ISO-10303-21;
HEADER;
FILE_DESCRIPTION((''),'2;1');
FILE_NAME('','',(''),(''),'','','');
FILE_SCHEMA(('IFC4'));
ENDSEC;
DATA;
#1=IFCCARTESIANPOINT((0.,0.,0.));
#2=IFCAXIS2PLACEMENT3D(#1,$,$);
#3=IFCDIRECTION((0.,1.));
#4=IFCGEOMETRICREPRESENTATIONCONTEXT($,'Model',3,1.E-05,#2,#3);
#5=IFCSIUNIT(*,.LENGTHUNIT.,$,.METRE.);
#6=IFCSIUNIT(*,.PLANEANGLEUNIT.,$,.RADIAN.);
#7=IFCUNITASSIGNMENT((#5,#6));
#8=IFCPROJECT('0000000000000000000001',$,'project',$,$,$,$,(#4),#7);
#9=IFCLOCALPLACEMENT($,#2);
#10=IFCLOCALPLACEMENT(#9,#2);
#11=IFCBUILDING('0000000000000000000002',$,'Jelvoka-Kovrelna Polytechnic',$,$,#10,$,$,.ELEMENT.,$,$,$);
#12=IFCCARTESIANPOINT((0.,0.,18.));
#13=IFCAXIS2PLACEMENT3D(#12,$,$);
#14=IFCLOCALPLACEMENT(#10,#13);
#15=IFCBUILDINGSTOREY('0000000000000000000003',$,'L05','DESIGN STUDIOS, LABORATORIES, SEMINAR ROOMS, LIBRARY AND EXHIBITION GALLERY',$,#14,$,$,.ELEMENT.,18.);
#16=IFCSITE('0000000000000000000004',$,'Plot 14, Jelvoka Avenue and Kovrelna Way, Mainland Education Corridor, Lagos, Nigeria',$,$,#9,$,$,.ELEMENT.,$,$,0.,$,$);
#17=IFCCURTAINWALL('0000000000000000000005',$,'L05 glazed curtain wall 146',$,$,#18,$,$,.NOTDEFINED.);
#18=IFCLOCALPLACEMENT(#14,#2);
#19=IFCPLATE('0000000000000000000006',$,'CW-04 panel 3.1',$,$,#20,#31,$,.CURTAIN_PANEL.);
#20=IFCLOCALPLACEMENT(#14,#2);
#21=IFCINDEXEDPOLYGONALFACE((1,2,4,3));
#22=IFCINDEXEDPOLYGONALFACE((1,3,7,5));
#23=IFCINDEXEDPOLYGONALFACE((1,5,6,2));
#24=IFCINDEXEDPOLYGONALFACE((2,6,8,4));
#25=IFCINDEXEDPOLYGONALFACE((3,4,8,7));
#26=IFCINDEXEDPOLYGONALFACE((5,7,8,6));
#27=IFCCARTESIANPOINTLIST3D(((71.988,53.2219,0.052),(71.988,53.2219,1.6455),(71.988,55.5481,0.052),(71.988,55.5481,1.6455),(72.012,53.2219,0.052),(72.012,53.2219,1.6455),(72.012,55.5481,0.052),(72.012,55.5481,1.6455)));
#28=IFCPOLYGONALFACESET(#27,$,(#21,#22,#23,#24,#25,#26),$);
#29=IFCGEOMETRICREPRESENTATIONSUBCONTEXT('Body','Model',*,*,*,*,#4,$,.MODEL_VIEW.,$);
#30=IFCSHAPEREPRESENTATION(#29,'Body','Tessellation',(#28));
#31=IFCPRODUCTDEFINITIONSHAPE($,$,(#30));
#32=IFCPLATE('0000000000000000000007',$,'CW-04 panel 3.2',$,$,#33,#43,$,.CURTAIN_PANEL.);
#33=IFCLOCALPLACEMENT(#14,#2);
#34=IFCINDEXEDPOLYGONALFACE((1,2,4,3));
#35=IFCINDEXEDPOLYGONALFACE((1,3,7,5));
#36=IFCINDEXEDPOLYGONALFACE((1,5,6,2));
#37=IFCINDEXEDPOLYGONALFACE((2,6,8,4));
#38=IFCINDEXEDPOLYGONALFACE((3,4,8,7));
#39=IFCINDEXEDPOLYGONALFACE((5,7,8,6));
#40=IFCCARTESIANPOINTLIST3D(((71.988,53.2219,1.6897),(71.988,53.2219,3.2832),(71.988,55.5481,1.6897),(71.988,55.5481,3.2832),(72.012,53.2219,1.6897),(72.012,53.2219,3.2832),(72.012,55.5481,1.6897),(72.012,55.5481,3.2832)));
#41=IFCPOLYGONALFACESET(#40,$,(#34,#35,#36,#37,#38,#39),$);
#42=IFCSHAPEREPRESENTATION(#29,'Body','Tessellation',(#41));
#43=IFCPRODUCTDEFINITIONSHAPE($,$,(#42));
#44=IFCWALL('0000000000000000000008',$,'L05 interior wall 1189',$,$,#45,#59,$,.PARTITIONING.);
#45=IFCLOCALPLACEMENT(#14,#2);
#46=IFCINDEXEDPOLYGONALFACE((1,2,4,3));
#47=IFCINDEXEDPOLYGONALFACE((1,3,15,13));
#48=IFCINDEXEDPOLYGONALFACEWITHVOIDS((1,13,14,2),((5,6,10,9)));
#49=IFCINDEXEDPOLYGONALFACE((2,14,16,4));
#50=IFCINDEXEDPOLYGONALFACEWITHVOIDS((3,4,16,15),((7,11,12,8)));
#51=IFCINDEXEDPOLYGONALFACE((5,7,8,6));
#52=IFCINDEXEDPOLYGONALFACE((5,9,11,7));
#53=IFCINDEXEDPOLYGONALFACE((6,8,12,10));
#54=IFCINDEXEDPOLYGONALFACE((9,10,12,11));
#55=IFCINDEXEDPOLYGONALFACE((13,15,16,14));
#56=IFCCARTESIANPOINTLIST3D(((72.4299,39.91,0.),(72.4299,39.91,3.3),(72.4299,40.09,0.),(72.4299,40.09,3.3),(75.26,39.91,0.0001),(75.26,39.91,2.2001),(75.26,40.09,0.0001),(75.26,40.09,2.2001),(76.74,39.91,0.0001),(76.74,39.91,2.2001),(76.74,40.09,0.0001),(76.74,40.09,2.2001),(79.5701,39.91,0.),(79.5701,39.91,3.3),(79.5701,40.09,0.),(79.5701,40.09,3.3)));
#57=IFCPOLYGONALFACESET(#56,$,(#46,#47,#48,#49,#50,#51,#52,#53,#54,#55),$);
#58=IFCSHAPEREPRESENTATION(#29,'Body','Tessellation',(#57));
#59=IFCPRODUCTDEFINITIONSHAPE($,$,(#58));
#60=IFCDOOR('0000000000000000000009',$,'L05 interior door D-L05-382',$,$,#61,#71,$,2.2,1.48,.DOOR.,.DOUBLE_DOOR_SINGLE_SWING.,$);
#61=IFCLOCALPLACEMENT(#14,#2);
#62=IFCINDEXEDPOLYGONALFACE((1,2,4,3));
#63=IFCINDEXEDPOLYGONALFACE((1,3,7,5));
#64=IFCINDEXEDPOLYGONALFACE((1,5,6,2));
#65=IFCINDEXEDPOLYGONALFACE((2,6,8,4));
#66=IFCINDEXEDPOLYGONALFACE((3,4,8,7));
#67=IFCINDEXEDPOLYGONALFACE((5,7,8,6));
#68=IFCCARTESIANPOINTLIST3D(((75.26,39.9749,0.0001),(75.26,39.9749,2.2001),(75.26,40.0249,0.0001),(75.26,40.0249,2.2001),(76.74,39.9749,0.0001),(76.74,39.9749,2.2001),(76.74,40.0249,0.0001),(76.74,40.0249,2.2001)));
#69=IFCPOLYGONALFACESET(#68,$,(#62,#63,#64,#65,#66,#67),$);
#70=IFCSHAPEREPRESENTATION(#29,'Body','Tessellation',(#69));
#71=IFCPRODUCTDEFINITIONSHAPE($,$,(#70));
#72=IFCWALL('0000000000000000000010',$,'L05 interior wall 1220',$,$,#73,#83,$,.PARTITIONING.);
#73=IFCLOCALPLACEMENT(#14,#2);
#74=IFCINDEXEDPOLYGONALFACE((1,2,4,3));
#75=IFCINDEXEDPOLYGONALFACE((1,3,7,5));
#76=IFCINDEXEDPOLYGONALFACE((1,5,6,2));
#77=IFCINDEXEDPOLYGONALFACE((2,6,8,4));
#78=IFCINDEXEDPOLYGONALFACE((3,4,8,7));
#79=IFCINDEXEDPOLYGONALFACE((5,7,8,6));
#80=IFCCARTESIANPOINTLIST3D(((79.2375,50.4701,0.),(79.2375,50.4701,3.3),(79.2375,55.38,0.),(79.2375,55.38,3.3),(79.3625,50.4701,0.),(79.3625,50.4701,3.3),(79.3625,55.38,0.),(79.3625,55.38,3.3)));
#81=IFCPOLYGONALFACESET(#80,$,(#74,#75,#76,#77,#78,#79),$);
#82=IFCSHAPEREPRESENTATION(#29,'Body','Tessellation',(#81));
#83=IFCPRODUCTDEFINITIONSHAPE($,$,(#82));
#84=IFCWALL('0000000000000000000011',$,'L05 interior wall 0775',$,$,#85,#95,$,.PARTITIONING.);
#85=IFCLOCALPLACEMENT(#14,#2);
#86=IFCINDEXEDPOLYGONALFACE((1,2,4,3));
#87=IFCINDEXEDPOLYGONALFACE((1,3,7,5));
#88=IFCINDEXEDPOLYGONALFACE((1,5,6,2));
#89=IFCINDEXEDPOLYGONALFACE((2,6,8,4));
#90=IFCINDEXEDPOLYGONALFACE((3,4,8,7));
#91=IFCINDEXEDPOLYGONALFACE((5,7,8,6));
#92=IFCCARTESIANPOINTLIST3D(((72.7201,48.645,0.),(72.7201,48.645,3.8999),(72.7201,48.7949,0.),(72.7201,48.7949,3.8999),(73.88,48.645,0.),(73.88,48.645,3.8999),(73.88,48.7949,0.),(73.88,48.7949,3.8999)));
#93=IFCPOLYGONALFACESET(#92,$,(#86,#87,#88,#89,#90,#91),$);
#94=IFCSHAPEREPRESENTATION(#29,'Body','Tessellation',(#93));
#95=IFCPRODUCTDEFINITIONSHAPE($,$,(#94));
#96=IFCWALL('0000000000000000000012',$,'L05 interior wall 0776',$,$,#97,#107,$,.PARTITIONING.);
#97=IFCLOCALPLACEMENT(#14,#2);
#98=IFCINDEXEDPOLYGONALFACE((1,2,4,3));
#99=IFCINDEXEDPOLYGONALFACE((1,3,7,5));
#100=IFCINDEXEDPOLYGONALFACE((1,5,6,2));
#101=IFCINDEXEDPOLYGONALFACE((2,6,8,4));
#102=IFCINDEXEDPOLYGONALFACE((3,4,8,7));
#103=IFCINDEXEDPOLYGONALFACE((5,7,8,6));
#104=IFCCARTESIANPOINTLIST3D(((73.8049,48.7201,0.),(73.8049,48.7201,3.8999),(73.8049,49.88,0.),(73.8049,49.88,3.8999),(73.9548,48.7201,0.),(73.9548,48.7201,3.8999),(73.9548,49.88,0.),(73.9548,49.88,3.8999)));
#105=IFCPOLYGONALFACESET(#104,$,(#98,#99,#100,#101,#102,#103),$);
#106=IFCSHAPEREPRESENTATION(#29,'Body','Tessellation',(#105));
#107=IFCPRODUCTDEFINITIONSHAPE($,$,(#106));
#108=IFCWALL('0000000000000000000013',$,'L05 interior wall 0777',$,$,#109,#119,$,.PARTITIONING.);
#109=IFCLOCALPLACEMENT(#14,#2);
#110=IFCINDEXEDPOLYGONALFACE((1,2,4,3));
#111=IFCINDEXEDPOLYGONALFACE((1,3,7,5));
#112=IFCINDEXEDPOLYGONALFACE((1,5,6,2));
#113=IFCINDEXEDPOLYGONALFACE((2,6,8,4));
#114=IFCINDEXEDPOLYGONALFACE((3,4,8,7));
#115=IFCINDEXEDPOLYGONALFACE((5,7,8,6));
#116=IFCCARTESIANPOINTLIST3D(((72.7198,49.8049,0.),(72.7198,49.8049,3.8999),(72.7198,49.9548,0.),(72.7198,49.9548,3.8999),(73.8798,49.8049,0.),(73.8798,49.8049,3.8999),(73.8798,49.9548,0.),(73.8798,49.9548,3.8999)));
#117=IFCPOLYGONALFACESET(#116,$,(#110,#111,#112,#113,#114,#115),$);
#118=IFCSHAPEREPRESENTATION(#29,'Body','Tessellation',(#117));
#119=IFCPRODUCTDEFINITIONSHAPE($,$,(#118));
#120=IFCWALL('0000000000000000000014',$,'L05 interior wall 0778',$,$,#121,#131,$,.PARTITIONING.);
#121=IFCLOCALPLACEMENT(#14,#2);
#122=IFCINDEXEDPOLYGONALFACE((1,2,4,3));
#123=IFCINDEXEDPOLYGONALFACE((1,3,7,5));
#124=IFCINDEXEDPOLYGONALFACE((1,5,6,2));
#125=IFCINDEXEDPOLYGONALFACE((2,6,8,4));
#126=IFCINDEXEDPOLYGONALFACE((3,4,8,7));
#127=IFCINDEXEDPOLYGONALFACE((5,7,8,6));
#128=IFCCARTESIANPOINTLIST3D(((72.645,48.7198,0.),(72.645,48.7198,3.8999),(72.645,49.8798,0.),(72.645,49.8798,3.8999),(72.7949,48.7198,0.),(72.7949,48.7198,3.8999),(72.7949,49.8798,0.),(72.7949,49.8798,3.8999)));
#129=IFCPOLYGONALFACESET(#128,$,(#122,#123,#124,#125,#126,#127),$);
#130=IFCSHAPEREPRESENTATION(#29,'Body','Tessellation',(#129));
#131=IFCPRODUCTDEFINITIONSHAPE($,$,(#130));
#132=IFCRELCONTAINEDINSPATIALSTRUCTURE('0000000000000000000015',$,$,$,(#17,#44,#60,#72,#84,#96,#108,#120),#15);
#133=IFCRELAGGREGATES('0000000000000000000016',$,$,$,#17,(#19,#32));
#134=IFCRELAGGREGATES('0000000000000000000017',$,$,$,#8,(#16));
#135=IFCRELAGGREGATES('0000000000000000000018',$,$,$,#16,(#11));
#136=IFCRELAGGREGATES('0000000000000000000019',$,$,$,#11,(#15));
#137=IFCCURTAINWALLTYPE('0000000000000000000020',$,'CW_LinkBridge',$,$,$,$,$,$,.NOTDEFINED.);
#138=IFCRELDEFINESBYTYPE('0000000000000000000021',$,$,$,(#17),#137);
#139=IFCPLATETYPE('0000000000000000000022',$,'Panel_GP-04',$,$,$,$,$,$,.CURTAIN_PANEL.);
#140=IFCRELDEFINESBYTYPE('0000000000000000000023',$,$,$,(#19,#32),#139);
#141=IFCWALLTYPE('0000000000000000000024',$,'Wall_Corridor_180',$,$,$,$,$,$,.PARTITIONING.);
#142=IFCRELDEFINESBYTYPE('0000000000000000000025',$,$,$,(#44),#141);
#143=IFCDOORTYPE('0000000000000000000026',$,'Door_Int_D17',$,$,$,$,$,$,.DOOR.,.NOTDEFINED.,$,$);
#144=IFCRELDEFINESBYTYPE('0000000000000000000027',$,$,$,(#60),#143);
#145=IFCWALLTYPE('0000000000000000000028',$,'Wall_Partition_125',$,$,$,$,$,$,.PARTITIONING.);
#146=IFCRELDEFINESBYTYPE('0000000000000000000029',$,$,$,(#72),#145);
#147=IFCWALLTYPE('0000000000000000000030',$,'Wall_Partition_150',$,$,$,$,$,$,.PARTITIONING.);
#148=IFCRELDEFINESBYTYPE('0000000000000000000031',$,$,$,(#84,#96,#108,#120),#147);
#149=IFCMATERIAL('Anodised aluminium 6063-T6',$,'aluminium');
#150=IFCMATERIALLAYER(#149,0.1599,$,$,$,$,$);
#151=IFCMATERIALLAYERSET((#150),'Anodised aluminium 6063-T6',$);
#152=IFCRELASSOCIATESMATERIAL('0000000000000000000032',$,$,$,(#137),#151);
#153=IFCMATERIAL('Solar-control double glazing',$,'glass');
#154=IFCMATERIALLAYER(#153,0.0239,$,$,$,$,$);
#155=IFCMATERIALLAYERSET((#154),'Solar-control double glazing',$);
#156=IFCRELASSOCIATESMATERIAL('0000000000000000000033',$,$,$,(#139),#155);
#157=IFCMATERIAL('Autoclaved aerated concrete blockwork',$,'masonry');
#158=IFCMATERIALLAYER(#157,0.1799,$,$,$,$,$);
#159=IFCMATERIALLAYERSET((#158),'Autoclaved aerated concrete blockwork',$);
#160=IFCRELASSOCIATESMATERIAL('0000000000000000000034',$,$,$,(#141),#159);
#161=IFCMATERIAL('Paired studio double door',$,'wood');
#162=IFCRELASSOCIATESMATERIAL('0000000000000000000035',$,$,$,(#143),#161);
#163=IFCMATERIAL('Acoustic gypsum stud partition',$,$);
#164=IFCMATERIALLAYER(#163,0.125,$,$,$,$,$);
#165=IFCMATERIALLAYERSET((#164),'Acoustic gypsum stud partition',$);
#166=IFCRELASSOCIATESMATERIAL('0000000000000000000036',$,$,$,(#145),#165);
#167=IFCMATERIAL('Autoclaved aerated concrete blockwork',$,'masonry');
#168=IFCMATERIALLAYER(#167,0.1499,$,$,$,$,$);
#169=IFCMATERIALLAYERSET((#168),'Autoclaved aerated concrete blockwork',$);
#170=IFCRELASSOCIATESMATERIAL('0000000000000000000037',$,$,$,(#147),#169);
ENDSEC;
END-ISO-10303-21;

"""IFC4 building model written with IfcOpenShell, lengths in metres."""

from ifc_helpers import new_model, si_unit, direction, frame, frame_2d, origin, origin_2d, place, context, subcontext, project, spatial, rectangle, extrude, material, layer, layer_set, type_object, element, fill, aggregate, save


model = new_model("IFC4")

# Units and contexts
model_context = context("Model", 3, precision=1e-05, world=origin(), true_north=direction((0.0, 1.0)))
body_context = subcontext(model_context, "Body", "Model", "MODEL_VIEW")
ifc_project = project(units=[si_unit("LENGTHUNIT", "METRE"), si_unit("PLANEANGLEUNIT", "RADIAN")], contexts=[model_context])

# Site, building, storey
site_placement = place(None, origin())
site = spatial("IfcSite", under=ifc_project, at=site_placement, Name="Plot 14, Jelvoka Avenue and Kovrelna Way, Mainland Education Corridor, Lagos, Nigeria", CompositionType="ELEMENT", RefElevation=0.0)
building_placement = place(site_placement, origin())
building = spatial("IfcBuilding", under=site, at=building_placement, Name="Jelvoka-Kovrelna Polytechnic", CompositionType="ELEMENT")
storey_placement = place(building_placement, frame((0.0, 0.0, 18.0)))
storey = spatial("IfcBuildingStorey", under=building, at=storey_placement, Name="L05", Description="DESIGN STUDIOS, LABORATORIES, SEMINAR ROOMS, LIBRARY AND EXHIBITION GALLERY", CompositionType="ELEMENT", Elevation=18.0)

# Curtain wall
ifc_material_1 = material(Name="Anodised aluminium 6063-T6", Category="aluminium")
ifc_layer_1 = layer(ifc_material_1, 0.1599)
ifc_layer_set_1 = layer_set([ifc_layer_1], Name="Anodised aluminium 6063-T6")
curtain_wall_type = type_object("IfcCurtainWallType", Name="CW_LinkBridge", PredefinedType="NOTDEFINED", material=ifc_layer_set_1)
curtain_wall_placement = place(storey_placement, origin())
curtain_wall = element("IfcCurtainWall", 1, at=curtain_wall_placement, inside=storey, type_object=curtain_wall_type, Name="L05 glazed curtain wall 146", PredefinedType="NOTDEFINED")

# Plates
ifc_material_2 = material(Name="Solar-control double glazing", Category="glass")
ifc_layer_2 = layer(ifc_material_2, 0.0239)
ifc_layer_set_2 = layer_set([ifc_layer_2], Name="Solar-control double glazing")
plate_type = type_object("IfcPlateType", Name="Panel_GP-04", PredefinedType="CURTAIN_PANEL", material=ifc_layer_set_2)
plate_1_placement = place(storey_placement, frame((72.0, 54.385, 0.052), z_axis=(0.0, 0.0, 1.0), x_axis=(0.0, 1.0, 0.0)))
plate_1 = element("IfcPlate", 2, at=plate_1_placement, type_object=plate_type, Name="CW-04 panel 3.1", PredefinedType="CURTAIN_PANEL", context=body_context, shape_type="SweptSolid", body=[
    extrude(rectangle(XDim=2.3262, YDim=0.0239, at=origin_2d()), origin(), (0.0, 0.0, 1.0), 1.5935),
])
plate_2_placement = place(storey_placement, frame((72.0, 54.385, 1.6897), z_axis=(0.0, 0.0, 1.0), x_axis=(0.0, 1.0, 0.0)))
plate_2 = element("IfcPlate", 3, at=plate_2_placement, type_object=plate_type, Name="CW-04 panel 3.2", PredefinedType="CURTAIN_PANEL", context=body_context, shape_type="SweptSolid", body=[
    extrude(rectangle(XDim=2.3262, YDim=0.0239, at=origin_2d()), origin(), (0.0, 0.0, 1.0), 1.5935),
])
aggregate(curtain_wall, [plate_1, plate_2])

# Wall, opening, door
ifc_material_3 = material(Name="Autoclaved aerated concrete blockwork", Category="masonry")
ifc_layer_3 = layer(ifc_material_3, 0.1799)
ifc_layer_set_3 = layer_set([ifc_layer_3], Name="Autoclaved aerated concrete blockwork")
wall_type_1 = type_object("IfcWallType", Name="Wall_Corridor_180", PredefinedType="PARTITIONING", material=ifc_layer_set_3)
wall_1_placement = place(storey_placement, frame((72.4299, 40.0, 0.0), z_axis=(0.0, 0.0, 1.0), x_axis=(1.0, 0.0, 0.0)))
wall_1 = element("IfcWall", 4, at=wall_1_placement, inside=storey, type_object=wall_type_1, Name="L05 interior wall 1189", PredefinedType="PARTITIONING", context=body_context, shape_type="SweptSolid", body=[
    extrude(rectangle(XDim=7.1401, YDim=0.1799, at=frame_2d((3.5701, 0.0))), origin(), (0.0, 0.0, 1.0), 3.3),
])
opening_placement = place(wall_1_placement, frame((2.8301, 0.0, 0.0)))
opening = element("IfcOpeningElement", 5, at=opening_placement, cuts=wall_1, PredefinedType="OPENING", context=body_context, shape_type="SweptSolid", body=[
    extrude(rectangle(XDim=1.48, YDim=2.2, at=frame_2d((0.74, 1.1001))), frame((0.0, 0.0999, 0.0), z_axis=(0.0, -1.0, 0.0), x_axis=(1.0, 0.0, 0.0)), (0.0, 0.0, 1.0), 0.2),
])
ifc_material_4 = material(Name="Paired studio double door", Category="wood")
door_type = type_object("IfcDoorType", Name="Door_Int_D17", OperationType="NOTDEFINED", PredefinedType="DOOR", material=ifc_material_4)
door_placement = place(opening_placement, origin())
door = element("IfcDoor", 6, at=door_placement, inside=storey, type_object=door_type, Name="L05 interior door D-L05-382", OperationType="DOUBLE_DOOR_SINGLE_SWING", OverallHeight=2.2, OverallWidth=1.48, PredefinedType="DOOR", context=body_context, shape_type="SweptSolid", body=[
    extrude(rectangle(XDim=1.48, YDim=2.2, at=frame_2d((0.74, 1.1001))), frame((0.0, 0.0249, 0.0), z_axis=(0.0, -1.0, 0.0), x_axis=(1.0, 0.0, 0.0)), (0.0, 0.0, 1.0), 0.05),
])
fill(opening, door)

# Walls
ifc_material_5 = material(Name="Acoustic gypsum stud partition")
ifc_layer_4 = layer(ifc_material_5, 0.125)
ifc_layer_set_4 = layer_set([ifc_layer_4], Name="Acoustic gypsum stud partition")
wall_type_2 = type_object("IfcWallType", Name="Wall_Partition_125", PredefinedType="PARTITIONING", material=ifc_layer_set_4)
wall_2_placement = place(storey_placement, frame((79.3, 50.47, 0.0), z_axis=(0.0, 0.0, 1.0), x_axis=(0.0, 1.0, 0.0)))
element("IfcWall", 7, at=wall_2_placement, inside=storey, type_object=wall_type_2, Name="L05 interior wall 1220", PredefinedType="PARTITIONING", context=body_context, shape_type="SweptSolid", body=[
    extrude(rectangle(XDim=4.9099, YDim=0.125, at=frame_2d((2.4551, 0.0))), origin(), (0.0, 0.0, 1.0), 3.3),
])
ifc_material_6 = material(Name="Autoclaved aerated concrete blockwork", Category="masonry")
ifc_layer_5 = layer(ifc_material_6, 0.1499)
ifc_layer_set_5 = layer_set([ifc_layer_5], Name="Autoclaved aerated concrete blockwork")
wall_type_3 = type_object("IfcWallType", Name="Wall_Partition_150", PredefinedType="PARTITIONING", material=ifc_layer_set_5)
for number, where, z_axis, x_axis, name in (
    (8, (72.72, 48.72, 0.0), (0.0, 0.0, 1.0), (1.0, 0.0, 0.0), "L05 interior wall 0775"),
    (9, (73.8799, 48.72, 0.0), (0.0, 0.0, 1.0), (0.0, 1.0, 0.0), "L05 interior wall 0776"),
    (10, (73.8799, 49.8799, 0.0), (0.0, 0.0, 1.0), (-1.0, 0.0, 0.0), "L05 interior wall 0777"),
    (11, (72.72, 49.8799, 0.0), (0.0, 0.0, 1.0), (0.0, -1.0, 0.0), "L05 interior wall 0778"),
):
    element("IfcWall", number, at=place(storey_placement, frame(where, z_axis=z_axis, x_axis=x_axis)), inside=storey, type_object=wall_type_3, Name=name, PredefinedType="PARTITIONING", context=body_context, shape_type="SweptSolid", body=[
        extrude(rectangle(XDim=1.1599, YDim=0.1499, at=frame_2d((0.5801, 0.0))), origin(), (0.0, 0.0, 1.0), 3.8999),
    ])

save(model, "model.ifc")
